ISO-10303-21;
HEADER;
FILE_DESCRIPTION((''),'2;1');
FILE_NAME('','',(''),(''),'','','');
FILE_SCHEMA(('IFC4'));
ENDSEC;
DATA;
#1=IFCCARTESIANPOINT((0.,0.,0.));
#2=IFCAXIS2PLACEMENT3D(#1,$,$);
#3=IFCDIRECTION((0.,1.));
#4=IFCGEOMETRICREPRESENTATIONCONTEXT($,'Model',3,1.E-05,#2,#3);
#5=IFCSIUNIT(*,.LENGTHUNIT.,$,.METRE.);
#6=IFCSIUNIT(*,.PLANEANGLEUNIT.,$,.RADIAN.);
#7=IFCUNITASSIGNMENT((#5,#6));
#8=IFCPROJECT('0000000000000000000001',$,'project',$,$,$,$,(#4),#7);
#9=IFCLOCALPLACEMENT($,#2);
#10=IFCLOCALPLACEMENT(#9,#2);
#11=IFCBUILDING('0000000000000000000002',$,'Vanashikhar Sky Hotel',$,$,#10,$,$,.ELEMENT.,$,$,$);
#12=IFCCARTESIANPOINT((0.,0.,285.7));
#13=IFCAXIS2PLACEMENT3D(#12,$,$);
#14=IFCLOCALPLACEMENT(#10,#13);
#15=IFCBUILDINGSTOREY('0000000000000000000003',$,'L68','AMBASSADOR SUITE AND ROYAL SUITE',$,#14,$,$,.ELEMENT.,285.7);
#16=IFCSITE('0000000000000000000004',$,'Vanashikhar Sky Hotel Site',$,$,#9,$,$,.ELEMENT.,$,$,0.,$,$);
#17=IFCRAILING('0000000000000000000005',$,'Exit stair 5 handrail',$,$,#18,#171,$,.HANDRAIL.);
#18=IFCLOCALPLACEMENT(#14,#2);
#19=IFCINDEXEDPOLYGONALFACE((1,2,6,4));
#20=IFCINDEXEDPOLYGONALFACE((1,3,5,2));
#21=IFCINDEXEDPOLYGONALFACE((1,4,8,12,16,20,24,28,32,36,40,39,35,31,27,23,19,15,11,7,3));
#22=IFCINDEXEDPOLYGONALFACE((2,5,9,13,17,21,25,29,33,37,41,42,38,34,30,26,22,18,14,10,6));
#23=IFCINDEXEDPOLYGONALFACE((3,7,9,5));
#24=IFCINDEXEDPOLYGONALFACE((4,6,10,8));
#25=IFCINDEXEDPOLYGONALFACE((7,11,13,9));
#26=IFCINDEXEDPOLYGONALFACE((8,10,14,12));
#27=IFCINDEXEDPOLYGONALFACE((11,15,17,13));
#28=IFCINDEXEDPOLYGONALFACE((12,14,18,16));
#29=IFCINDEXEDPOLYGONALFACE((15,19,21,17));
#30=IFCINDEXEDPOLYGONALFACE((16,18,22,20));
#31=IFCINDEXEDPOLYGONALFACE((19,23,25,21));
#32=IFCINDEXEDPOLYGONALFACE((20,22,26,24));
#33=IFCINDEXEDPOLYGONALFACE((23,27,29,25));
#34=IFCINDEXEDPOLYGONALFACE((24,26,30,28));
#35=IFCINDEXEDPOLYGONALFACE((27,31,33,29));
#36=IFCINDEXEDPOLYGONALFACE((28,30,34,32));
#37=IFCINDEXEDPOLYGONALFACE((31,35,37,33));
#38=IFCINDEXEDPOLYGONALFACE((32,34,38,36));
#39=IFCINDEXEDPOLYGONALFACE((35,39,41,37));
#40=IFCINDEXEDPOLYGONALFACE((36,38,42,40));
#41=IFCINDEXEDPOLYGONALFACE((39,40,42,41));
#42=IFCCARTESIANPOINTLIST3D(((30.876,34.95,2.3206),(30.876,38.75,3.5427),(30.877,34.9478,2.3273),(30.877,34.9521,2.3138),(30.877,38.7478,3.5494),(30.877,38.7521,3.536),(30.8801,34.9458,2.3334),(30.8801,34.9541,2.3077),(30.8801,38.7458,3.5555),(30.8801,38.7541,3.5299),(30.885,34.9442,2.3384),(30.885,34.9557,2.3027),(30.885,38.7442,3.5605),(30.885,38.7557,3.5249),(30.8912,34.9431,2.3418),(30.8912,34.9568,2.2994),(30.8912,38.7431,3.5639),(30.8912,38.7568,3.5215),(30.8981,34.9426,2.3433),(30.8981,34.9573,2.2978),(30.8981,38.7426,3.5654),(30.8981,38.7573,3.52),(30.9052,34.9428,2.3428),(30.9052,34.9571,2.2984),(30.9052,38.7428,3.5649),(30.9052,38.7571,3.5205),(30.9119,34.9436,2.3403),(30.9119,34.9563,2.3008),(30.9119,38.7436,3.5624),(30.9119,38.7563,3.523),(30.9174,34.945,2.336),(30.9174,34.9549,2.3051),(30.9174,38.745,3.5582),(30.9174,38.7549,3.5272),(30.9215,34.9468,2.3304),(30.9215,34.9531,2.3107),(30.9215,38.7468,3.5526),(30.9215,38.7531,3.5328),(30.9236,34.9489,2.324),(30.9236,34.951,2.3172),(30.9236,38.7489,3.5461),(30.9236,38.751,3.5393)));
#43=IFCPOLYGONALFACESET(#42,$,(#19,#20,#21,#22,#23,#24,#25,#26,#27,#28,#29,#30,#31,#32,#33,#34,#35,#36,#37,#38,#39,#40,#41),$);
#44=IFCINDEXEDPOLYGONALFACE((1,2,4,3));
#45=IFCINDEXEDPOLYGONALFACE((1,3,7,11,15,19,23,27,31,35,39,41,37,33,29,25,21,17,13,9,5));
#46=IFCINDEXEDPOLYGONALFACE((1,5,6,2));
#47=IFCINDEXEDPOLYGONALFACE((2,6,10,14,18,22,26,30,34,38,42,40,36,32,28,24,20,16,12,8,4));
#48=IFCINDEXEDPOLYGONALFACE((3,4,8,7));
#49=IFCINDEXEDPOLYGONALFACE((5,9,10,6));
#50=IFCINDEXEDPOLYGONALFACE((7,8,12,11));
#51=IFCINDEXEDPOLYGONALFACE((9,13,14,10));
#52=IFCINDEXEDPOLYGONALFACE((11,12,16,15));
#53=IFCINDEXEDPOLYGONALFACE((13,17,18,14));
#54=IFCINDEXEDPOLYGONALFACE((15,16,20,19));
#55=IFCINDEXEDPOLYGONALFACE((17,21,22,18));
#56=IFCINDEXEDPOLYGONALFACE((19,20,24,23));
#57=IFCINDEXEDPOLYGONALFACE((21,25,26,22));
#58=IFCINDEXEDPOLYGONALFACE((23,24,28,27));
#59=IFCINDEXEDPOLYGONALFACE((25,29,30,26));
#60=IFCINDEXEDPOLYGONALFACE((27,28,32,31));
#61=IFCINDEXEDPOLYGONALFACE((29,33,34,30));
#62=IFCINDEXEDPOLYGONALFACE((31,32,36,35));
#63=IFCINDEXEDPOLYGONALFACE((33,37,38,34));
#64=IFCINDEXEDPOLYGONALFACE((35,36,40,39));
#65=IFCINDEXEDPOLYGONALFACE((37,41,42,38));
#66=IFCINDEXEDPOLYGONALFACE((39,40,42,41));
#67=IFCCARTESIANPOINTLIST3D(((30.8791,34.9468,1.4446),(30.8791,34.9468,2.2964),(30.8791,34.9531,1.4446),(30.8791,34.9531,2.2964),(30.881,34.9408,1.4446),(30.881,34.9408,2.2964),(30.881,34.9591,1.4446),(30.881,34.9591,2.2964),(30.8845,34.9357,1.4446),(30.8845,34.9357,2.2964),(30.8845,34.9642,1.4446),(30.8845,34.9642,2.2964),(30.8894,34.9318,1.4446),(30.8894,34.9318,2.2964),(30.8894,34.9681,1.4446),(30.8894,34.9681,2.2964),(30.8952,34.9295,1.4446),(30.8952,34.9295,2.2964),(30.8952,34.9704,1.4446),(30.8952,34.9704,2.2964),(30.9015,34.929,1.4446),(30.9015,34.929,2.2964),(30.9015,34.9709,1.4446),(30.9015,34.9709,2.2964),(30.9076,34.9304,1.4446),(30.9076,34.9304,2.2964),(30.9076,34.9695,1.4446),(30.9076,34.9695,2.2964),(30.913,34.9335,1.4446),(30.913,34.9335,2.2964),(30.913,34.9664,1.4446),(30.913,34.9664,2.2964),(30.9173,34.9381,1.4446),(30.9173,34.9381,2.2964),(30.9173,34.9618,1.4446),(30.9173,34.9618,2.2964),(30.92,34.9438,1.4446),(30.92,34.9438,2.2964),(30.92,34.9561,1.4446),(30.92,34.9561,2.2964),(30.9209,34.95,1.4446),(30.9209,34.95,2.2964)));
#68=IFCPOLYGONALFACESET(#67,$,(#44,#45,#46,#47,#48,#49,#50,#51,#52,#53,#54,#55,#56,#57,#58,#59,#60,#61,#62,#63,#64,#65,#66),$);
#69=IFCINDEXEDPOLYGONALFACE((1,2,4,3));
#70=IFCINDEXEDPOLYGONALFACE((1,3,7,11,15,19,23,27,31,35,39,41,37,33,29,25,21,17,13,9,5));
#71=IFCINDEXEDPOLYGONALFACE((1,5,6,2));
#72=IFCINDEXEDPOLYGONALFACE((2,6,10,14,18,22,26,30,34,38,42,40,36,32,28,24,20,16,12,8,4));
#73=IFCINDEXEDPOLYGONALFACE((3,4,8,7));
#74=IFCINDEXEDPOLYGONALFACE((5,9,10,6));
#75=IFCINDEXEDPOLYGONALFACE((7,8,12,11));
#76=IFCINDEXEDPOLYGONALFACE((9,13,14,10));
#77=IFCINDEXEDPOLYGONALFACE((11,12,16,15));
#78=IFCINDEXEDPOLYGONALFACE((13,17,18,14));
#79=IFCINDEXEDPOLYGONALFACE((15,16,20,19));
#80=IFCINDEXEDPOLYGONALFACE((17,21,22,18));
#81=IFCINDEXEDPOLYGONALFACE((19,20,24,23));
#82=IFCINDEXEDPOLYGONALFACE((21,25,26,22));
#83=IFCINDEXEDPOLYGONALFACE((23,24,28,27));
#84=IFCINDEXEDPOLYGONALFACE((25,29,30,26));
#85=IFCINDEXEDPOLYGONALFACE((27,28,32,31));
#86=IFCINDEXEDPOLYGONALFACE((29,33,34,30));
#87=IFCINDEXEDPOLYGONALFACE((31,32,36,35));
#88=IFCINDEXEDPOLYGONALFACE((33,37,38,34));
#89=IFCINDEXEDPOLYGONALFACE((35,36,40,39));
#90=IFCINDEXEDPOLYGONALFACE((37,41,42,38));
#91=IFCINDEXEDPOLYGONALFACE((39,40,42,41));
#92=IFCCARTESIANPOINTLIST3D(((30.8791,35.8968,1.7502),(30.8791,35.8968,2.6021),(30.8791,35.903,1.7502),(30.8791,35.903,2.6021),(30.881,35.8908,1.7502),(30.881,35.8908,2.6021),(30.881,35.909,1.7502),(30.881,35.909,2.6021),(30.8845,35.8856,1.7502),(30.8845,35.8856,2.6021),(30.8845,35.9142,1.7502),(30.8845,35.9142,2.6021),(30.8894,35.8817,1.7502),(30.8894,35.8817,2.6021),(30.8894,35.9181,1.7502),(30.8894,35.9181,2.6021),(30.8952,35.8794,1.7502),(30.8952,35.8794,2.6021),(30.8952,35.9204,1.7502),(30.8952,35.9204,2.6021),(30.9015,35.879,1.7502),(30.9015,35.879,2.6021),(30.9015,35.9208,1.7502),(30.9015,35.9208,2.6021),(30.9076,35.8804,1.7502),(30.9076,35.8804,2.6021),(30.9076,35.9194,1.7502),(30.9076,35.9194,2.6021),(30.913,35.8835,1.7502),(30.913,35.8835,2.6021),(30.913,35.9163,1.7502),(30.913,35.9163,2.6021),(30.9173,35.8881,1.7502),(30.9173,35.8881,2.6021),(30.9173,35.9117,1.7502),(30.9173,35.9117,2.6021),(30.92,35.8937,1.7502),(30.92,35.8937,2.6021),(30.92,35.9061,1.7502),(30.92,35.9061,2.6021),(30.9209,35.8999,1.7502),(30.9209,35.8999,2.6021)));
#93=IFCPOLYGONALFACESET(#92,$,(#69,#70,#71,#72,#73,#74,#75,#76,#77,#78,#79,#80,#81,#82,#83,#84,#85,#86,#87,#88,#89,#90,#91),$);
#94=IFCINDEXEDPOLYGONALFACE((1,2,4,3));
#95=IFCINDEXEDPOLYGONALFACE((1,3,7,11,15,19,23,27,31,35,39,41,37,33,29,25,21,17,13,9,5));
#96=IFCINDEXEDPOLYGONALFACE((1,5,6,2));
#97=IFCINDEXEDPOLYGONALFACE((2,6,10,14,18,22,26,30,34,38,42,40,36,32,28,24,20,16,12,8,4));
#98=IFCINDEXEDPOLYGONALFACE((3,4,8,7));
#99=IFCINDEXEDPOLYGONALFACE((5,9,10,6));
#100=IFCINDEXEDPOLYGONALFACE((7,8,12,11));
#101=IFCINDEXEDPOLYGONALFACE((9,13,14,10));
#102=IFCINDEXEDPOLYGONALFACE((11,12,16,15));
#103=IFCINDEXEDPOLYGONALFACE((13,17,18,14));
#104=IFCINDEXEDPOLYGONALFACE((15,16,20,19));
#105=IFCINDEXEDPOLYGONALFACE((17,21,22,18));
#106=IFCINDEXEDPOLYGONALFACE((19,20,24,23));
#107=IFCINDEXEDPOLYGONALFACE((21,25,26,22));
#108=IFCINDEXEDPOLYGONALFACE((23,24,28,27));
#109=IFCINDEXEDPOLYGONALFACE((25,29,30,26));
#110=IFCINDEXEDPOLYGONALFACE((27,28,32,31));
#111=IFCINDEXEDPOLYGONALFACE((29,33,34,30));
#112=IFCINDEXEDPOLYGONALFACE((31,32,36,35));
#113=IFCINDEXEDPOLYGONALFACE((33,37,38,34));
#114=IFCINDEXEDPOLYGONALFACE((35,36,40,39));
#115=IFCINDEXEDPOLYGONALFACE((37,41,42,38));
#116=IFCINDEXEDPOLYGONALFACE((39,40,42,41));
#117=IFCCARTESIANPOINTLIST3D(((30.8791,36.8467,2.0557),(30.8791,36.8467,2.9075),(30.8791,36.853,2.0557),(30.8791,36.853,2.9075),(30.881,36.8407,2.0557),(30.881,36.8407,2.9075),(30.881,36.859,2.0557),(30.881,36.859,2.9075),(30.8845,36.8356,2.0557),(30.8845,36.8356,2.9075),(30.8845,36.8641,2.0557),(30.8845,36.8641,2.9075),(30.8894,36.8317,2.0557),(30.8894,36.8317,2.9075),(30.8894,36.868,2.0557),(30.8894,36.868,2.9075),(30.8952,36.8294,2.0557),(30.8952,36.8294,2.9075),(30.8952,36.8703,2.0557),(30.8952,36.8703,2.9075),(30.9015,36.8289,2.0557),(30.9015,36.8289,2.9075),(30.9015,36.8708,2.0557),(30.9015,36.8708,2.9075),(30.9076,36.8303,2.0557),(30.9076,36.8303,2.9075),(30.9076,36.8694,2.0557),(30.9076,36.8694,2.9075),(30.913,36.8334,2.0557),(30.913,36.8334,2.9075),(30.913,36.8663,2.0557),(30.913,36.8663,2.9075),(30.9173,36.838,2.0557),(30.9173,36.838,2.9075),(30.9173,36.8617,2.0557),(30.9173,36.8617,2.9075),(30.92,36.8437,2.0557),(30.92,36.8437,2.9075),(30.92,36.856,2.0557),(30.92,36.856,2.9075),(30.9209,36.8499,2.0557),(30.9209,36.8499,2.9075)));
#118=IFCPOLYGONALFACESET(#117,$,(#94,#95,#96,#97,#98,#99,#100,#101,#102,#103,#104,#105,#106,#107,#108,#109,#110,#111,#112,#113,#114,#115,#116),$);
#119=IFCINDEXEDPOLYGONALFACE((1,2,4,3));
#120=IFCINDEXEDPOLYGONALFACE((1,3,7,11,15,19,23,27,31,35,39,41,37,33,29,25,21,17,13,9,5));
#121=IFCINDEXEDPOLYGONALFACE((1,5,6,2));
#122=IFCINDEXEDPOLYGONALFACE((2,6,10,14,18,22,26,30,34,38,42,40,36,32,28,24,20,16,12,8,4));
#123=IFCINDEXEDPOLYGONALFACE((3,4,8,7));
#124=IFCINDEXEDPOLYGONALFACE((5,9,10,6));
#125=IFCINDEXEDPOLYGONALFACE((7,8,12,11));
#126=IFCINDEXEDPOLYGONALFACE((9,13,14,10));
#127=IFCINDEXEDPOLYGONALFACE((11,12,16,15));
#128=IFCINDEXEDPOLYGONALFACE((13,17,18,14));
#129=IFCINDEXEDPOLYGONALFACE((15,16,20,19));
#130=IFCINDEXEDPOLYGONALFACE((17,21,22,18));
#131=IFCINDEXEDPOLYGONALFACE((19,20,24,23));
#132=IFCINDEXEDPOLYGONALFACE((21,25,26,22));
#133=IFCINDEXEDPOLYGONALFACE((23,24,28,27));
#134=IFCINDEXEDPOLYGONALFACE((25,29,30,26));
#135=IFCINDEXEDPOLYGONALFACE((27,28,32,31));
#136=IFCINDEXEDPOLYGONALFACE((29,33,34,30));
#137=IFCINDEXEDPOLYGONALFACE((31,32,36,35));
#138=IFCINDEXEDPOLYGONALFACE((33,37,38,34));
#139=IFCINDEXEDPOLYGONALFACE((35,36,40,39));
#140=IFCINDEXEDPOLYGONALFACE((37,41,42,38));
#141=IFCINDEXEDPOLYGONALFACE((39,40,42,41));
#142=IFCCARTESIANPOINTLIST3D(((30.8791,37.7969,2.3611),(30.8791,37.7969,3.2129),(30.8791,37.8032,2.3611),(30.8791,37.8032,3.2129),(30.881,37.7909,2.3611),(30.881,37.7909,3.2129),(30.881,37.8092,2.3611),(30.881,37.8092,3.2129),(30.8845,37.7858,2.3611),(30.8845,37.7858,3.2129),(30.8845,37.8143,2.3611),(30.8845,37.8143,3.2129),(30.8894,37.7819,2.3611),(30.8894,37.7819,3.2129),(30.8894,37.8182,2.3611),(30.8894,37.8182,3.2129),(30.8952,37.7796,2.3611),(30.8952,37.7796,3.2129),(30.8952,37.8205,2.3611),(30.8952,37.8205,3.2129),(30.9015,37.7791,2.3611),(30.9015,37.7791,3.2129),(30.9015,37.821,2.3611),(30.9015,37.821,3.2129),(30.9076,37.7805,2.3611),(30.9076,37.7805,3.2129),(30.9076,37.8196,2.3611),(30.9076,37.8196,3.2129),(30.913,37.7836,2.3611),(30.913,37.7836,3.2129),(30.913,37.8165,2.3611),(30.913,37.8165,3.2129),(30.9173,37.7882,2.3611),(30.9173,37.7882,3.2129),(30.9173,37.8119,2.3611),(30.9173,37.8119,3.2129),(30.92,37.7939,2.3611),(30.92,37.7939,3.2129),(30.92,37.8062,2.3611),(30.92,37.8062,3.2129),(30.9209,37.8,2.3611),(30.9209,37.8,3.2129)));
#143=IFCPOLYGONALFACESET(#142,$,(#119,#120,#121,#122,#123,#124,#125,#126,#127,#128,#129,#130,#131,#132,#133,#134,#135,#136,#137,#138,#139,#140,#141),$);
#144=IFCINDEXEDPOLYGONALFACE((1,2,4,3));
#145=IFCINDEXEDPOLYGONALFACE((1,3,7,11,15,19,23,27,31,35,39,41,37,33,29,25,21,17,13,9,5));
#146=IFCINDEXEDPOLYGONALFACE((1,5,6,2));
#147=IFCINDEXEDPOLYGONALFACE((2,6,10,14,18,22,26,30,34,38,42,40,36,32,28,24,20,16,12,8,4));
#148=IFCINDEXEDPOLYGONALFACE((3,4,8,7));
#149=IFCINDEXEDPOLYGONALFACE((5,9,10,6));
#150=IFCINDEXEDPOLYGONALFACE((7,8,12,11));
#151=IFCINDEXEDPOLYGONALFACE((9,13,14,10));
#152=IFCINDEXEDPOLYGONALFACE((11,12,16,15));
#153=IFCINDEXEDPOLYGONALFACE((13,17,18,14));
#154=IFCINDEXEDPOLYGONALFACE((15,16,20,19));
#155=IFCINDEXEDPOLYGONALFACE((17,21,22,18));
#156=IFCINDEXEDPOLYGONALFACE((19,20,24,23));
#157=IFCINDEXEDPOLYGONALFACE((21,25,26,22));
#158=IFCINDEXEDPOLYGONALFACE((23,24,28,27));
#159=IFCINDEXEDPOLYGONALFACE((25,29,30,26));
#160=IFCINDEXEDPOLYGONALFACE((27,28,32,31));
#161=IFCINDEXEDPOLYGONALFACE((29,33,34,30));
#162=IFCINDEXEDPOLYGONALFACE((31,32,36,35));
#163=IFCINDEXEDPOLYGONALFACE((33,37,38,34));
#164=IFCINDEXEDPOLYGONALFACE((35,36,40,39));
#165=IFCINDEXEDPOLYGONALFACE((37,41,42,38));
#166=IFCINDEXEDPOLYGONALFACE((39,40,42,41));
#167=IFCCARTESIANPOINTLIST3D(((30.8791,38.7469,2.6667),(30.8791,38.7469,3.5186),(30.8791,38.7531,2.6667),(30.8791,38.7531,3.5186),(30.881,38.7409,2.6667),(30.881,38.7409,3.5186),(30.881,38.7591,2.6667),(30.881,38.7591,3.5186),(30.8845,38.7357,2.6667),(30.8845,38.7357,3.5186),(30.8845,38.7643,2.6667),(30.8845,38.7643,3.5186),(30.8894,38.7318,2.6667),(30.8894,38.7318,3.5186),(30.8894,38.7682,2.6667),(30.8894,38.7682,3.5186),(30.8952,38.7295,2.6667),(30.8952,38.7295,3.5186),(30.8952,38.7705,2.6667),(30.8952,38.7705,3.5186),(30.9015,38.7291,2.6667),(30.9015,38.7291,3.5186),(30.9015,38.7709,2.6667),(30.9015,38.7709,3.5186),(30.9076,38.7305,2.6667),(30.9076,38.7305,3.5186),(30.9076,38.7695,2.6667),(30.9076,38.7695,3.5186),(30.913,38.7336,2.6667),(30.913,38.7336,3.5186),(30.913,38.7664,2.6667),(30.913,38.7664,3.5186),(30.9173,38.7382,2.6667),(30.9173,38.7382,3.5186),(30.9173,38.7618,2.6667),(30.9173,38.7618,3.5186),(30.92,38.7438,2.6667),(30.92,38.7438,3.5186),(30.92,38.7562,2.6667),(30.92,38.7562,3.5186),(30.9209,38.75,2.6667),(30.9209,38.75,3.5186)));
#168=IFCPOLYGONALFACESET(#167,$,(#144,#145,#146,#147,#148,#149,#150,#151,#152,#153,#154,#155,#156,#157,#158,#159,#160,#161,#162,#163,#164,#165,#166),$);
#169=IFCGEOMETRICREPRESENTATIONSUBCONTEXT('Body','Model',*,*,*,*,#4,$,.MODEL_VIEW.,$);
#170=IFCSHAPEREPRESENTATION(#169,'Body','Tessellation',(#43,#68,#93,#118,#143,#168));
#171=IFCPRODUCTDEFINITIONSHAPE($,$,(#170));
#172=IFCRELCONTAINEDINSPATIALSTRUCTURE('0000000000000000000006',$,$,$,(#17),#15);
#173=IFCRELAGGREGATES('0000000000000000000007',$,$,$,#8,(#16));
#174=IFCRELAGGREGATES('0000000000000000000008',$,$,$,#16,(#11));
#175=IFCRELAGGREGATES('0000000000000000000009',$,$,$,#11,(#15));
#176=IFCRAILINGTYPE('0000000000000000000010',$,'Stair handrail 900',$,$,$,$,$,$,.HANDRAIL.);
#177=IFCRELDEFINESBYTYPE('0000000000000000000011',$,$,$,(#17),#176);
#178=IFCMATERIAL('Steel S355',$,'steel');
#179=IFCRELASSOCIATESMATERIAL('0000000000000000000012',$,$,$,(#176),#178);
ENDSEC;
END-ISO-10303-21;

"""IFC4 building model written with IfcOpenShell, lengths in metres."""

from ifc_helpers import new_model, si_unit, direction, frame, origin, origin_2d, place, context, subcontext, project, spatial, circle, extrude, source, transform, mapped, material, type_object, element, save


model = new_model("IFC4")

# Units and contexts
model_context = context("Model", 3, precision=1e-05, world=origin(), true_north=direction((0.0, 1.0)))
body_context = subcontext(model_context, "Body", "Model", "MODEL_VIEW")
ifc_project = project(units=[si_unit("LENGTHUNIT", "METRE"), si_unit("PLANEANGLEUNIT", "RADIAN")], contexts=[model_context])

# Site, building, storey
site_placement = place(None, origin())
site = spatial("IfcSite", under=ifc_project, at=site_placement, Name="Vanashikhar Sky Hotel Site", CompositionType="ELEMENT", RefElevation=0.0)
building_placement = place(site_placement, origin())
building = spatial("IfcBuilding", under=site, at=building_placement, Name="Vanashikhar Sky Hotel", CompositionType="ELEMENT")
storey_placement = place(building_placement, frame((0.0, 0.0, 285.7)))
storey = spatial("IfcBuildingStorey", under=building, at=storey_placement, Name="L68", Description="AMBASSADOR SUITE AND ROYAL SUITE", CompositionType="ELEMENT", Elevation=285.7)

# Railing
ifc_material_1 = material(Name="Steel S355", Category="steel")
railing_type_1 = type_object("IfcRailingType", Name="Stair handrail 900", PredefinedType="HANDRAIL", material=ifc_material_1)
shared_shape_1 = source(origin(), body_context, "Body", "SweptSolid", [
    extrude(circle(Radius=0.0239, at=origin_2d()), frame((0.0, 0.0, 0.876), z_axis=(0.0, 0.951976, 0.306173), x_axis=(-1.0, 0.0, 0.0)), (0.0, 0.0, 1.0), 3.9917),
    extrude(circle(Radius=0.021, at=origin_2d()), origin(), (0.0, 0.0, 1.0), 0.8518),
    extrude(circle(Radius=0.021, at=origin_2d()), frame((0.0, 0.95, 0.3057)), (0.0, 0.0, 1.0), 0.8518),
    extrude(circle(Radius=0.021, at=origin_2d()), frame((0.0, 1.8999, 0.6111)), (0.0, 0.0, 1.0), 0.8518),
    extrude(circle(Radius=0.021, at=origin_2d()), frame((0.0, 2.8501, 0.9165)), (0.0, 0.0, 1.0), 0.8518),
    extrude(circle(Radius=0.021, at=origin_2d()), frame((0.0, 3.8, 1.2222)), (0.0, 0.0, 1.0), 0.8518),
])
railing_1_placement = place(storey_placement, frame((30.8999, 34.95, 1.4446)))
element("IfcRailing", 1, at=railing_1_placement, inside=storey, type_object=railing_type_1, Name="Exit stair 5 handrail", PredefinedType="HANDRAIL", context=body_context, shape_type="MappedRepresentation", body=[
    mapped(shared_shape_1, transform((0.0, 0.0, 0.0), scale=1.0)),
])

save(model, "model.ifc")
